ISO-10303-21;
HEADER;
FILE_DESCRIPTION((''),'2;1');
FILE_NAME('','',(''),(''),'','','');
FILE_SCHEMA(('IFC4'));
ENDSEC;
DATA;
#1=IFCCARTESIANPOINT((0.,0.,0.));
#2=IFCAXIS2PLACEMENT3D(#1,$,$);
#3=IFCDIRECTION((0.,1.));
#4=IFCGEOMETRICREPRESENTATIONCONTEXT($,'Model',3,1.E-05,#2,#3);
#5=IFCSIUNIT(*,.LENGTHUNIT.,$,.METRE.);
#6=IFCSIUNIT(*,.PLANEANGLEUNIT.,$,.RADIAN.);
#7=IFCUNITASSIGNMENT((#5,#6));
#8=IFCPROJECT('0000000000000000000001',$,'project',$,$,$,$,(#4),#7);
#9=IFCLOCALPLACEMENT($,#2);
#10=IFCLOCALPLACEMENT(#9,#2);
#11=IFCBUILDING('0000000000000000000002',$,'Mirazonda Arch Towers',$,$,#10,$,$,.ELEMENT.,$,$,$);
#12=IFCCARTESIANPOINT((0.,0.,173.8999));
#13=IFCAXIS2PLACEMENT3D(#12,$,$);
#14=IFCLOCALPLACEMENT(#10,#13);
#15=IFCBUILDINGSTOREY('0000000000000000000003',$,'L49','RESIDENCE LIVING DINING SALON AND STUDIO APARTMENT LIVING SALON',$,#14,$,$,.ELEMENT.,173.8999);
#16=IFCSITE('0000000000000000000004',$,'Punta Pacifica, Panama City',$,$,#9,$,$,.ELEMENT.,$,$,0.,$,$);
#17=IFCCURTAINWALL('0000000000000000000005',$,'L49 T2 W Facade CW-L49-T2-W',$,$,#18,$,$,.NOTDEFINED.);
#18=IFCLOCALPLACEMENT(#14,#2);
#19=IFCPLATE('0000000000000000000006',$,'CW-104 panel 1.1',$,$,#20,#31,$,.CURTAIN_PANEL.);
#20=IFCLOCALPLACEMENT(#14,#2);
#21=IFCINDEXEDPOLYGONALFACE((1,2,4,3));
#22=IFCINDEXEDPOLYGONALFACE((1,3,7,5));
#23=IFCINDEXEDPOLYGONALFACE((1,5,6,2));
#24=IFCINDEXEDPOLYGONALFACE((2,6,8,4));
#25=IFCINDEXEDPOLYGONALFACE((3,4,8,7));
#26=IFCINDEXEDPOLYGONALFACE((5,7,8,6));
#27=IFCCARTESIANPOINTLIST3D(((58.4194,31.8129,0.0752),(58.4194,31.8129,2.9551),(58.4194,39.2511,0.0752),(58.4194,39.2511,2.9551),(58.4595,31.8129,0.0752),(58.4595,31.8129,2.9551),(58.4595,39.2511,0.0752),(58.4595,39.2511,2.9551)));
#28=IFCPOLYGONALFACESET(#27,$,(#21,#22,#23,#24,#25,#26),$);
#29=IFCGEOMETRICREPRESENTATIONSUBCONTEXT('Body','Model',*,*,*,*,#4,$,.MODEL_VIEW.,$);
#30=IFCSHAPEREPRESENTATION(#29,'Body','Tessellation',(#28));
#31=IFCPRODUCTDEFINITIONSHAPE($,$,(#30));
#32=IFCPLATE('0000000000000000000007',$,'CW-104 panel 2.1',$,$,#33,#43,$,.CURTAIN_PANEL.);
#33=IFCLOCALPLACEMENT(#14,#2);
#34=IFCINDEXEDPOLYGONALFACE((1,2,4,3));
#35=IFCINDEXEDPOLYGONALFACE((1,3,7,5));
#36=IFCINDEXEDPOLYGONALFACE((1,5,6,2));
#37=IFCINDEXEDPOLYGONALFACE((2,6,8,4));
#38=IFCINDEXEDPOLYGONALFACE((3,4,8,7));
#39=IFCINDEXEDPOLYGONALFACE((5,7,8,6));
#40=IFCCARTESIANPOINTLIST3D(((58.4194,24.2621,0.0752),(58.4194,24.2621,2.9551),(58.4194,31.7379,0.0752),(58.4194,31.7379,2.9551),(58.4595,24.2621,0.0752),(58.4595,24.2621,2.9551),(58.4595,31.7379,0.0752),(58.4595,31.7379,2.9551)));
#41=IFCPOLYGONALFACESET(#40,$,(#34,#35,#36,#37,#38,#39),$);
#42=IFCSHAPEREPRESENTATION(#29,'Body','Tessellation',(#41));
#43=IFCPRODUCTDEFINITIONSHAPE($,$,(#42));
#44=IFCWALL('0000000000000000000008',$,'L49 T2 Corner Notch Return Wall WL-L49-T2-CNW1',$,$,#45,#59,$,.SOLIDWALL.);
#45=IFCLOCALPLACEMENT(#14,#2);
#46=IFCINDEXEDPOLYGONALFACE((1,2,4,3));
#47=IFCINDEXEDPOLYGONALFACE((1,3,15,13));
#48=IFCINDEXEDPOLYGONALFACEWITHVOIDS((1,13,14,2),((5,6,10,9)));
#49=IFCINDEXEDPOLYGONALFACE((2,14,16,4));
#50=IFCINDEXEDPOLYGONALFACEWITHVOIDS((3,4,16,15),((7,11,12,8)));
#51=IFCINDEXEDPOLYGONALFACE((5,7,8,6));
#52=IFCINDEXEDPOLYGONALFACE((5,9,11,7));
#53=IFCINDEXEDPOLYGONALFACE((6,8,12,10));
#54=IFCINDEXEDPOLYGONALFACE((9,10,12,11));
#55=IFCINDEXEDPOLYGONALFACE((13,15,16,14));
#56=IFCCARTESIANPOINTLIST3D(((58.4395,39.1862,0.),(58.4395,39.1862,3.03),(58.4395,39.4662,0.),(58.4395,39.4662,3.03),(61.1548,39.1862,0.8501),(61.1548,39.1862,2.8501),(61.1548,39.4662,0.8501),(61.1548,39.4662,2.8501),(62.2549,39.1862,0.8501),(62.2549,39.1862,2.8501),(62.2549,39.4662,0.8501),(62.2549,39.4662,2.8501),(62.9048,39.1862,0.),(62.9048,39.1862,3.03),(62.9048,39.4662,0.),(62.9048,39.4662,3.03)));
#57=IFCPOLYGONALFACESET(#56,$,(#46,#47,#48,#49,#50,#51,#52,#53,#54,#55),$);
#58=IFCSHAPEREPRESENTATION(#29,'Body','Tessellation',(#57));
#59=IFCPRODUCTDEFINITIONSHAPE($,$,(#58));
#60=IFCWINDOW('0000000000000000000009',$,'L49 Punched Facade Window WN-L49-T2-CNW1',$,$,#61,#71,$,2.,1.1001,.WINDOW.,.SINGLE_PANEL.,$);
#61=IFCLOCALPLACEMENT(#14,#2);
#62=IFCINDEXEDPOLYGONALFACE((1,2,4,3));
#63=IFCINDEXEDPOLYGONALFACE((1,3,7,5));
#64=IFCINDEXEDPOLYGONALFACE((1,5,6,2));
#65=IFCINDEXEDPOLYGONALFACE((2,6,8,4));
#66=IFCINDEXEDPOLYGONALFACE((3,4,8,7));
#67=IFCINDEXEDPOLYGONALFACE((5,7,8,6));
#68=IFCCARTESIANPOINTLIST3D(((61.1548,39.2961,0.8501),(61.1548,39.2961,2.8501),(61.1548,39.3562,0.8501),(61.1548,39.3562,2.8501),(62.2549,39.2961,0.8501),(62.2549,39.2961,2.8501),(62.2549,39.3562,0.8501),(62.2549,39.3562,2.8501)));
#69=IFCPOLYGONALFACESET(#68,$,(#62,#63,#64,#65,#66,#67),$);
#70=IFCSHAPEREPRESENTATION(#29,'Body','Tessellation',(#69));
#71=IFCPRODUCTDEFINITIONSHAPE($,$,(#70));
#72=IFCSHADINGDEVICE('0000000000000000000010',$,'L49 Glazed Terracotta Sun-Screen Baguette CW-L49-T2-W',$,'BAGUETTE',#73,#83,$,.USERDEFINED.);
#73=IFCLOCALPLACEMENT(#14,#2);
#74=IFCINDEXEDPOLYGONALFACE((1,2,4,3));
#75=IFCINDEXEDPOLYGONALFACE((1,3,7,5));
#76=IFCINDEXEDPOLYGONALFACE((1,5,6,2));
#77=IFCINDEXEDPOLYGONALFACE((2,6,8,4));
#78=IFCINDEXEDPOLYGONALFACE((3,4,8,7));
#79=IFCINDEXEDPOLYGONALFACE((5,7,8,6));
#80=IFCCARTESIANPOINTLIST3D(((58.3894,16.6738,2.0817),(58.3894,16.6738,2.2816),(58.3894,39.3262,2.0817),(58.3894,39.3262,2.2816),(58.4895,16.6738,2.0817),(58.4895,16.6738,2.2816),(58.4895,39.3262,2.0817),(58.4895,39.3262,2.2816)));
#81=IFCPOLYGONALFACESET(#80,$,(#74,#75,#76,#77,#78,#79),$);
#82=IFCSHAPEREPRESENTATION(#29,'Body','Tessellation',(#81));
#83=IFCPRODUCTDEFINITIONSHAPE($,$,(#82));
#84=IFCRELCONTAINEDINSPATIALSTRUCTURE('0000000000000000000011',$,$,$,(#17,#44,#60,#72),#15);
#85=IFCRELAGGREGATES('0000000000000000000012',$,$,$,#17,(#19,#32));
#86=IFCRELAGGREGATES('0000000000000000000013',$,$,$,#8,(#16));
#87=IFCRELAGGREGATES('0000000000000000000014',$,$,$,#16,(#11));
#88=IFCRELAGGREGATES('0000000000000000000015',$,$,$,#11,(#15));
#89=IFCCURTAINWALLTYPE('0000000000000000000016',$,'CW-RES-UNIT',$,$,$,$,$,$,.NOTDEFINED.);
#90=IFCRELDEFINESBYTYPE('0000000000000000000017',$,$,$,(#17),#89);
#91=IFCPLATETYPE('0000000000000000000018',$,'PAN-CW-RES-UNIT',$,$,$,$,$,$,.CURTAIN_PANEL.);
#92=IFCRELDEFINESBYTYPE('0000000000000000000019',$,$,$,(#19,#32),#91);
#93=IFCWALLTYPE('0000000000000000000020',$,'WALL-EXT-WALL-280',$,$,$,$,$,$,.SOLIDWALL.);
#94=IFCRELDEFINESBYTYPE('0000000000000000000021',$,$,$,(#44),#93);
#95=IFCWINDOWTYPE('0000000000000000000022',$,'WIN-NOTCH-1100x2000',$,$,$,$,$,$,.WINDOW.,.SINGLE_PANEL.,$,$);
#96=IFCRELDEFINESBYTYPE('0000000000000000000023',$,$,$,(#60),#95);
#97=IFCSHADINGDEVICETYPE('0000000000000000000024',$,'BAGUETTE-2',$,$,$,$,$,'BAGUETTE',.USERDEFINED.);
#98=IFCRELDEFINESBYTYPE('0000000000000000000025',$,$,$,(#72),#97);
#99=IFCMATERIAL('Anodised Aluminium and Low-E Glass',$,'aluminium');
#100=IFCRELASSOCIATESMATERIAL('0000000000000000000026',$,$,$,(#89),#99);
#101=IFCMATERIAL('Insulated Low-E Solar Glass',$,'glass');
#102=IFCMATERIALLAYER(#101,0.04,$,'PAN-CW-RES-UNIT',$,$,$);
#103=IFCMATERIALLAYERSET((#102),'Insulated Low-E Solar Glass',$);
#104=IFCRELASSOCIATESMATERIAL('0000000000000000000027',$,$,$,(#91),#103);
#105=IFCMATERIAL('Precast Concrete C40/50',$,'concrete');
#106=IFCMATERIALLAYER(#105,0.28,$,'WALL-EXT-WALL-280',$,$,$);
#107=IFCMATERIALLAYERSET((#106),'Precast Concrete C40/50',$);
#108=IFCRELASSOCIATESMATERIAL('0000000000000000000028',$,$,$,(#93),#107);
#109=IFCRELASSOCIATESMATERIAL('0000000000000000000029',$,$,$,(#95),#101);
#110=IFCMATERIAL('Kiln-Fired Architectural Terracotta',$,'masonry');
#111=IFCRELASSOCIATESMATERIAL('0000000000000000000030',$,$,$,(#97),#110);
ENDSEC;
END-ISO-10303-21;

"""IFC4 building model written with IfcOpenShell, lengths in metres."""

from ifc_helpers import new_model, si_unit, direction, frame, frame_2d, origin, origin_2d, place, context, subcontext, project, spatial, rectangle, extrude, material, layer, layer_set, material_profile, profile_set, type_object, element, fill, aggregate, save


model = new_model("IFC4")

# Units and contexts
model_context = context("Model", 3, precision=1e-05, world=origin(), true_north=direction((0.0, 1.0)))
body_context = subcontext(model_context, "Body", "Model", "MODEL_VIEW")
ifc_project = project(units=[si_unit("LENGTHUNIT", "METRE"), si_unit("PLANEANGLEUNIT", "RADIAN")], contexts=[model_context])

# Site, building, storey
site_placement = place(None, origin())
site = spatial("IfcSite", under=ifc_project, at=site_placement, Name="Punta Pacifica, Panama City", CompositionType="ELEMENT", RefElevation=0.0)
building_placement = place(site_placement, origin())
building = spatial("IfcBuilding", under=site, at=building_placement, Name="Mirazonda Arch Towers", CompositionType="ELEMENT")
storey_placement = place(building_placement, frame((0.0, 0.0, 173.8999)))
storey = spatial("IfcBuildingStorey", under=building, at=storey_placement, Name="L49", Description="RESIDENCE LIVING DINING SALON AND STUDIO APARTMENT LIVING SALON", CompositionType="ELEMENT", Elevation=173.8999)

# Curtain wall, plates
ifc_material_1 = material(Name="Anodised Aluminium and Low-E Glass", Category="aluminium")
curtain_wall_type = type_object("IfcCurtainWallType", Name="CW-RES-UNIT", PredefinedType="NOTDEFINED", material=ifc_material_1)
curtain_wall_placement = place(storey_placement, origin())
curtain_wall = element("IfcCurtainWall", 1, at=curtain_wall_placement, inside=storey, type_object=curtain_wall_type, Name="L49 T2 W Facade CW-L49-T2-W", PredefinedType="NOTDEFINED")
ifc_material_2 = material(Name="Insulated Low-E Solar Glass", Category="glass")
ifc_layer_1 = layer(ifc_material_2, 0.04, Name="PAN-CW-RES-UNIT")
ifc_layer_set_1 = layer_set([ifc_layer_1], Name="Insulated Low-E Solar Glass")
plate_type = type_object("IfcPlateType", Name="PAN-CW-RES-UNIT", PredefinedType="CURTAIN_PANEL", material=ifc_layer_set_1)
plate_1_placement = place(storey_placement, frame((58.4395, 35.532, 0.0752), z_axis=(0.0, 0.0, 1.0), x_axis=(0.0, -1.0, 0.0)))
plate_1 = element("IfcPlate", 2, at=plate_1_placement, type_object=plate_type, Name="CW-104 panel 1.1", PredefinedType="CURTAIN_PANEL", context=body_context, shape_type="SweptSolid", body=[
    extrude(rectangle(XDim=7.4382, YDim=0.04, at=origin_2d()), origin(), (0.0, 0.0, 1.0), 2.8799),
])
plate_2_placement = place(storey_placement, frame((58.4395, 28.0, 0.0752), z_axis=(0.0, 0.0, 1.0), x_axis=(0.0, -1.0, 0.0)))
plate_2 = element("IfcPlate", 3, at=plate_2_placement, type_object=plate_type, Name="CW-104 panel 2.1", PredefinedType="CURTAIN_PANEL", context=body_context, shape_type="SweptSolid", body=[
    extrude(rectangle(XDim=7.4758, YDim=0.04, at=origin_2d()), origin(), (0.0, 0.0, 1.0), 2.8799),
])
aggregate(curtain_wall, [plate_1, plate_2])

# Wall, opening, window
ifc_material_3 = material(Name="Precast Concrete C40/50", Category="concrete")
ifc_layer_2 = layer(ifc_material_3, 0.28, Name="WALL-EXT-WALL-280")
ifc_layer_set_2 = layer_set([ifc_layer_2], Name="Precast Concrete C40/50")
wall_type = type_object("IfcWallType", Name="WALL-EXT-WALL-280", PredefinedType="SOLIDWALL", material=ifc_layer_set_2)
wall_placement = place(storey_placement, frame((62.9048, 39.3262, 0.0), z_axis=(0.0, 0.0, 1.0), x_axis=(-1.0, 0.0, 0.0)))
wall = element("IfcWall", 4, at=wall_placement, inside=storey, type_object=wall_type, Name="L49 T2 Corner Notch Return Wall WL-L49-T2-CNW1", PredefinedType="SOLIDWALL", context=body_context, shape_type="SweptSolid", body=[
    extrude(rectangle(XDim=4.4653, YDim=0.28, at=frame_2d((2.2327, 0.0))), origin(), (0.0, 0.0, 1.0), 3.03),
])
opening_placement = place(wall_placement, frame((0.6499, 0.0, 0.8501)))
opening = element("IfcOpeningElement", 5, at=opening_placement, cuts=wall, PredefinedType="OPENING", context=body_context, shape_type="SweptSolid", body=[
    extrude(rectangle(XDim=1.1001, YDim=2.0, at=frame_2d((0.55, 1.0))), frame((0.0, 0.1499, 0.0), z_axis=(0.0, -1.0, 0.0), x_axis=(1.0, 0.0, 0.0)), (0.0, 0.0, 1.0), 0.3),
])
window_type = type_object("IfcWindowType", Name="WIN-NOTCH-1100x2000", PartitioningType="SINGLE_PANEL", PredefinedType="WINDOW", material=ifc_material_2)
window_placement = place(opening_placement, origin())
window = element("IfcWindow", 6, at=window_placement, inside=storey, type_object=window_type, Name="L49 Punched Facade Window WN-L49-T2-CNW1", OverallHeight=2.0, OverallWidth=1.1001, PartitioningType="SINGLE_PANEL", PredefinedType="WINDOW", context=body_context, shape_type="SweptSolid", body=[
    extrude(rectangle(XDim=1.1001, YDim=2.0, at=frame_2d((0.55, 1.0))), frame((0.0, 0.03, 0.0), z_axis=(0.0, -1.0, 0.0), x_axis=(1.0, 0.0, 0.0)), (0.0, 0.0, 1.0), 0.0601),
])
fill(opening, window)

# Shading device
ifc_material_4 = material(Name="Kiln-Fired Architectural Terracotta", Category="masonry")
ifc_material_profile_1 = material_profile(ifc_material_4, rectangle(XDim=0.1001, YDim=0.2, at=origin_2d()), Name="TERRA-BAG-100x200")
ifc_profile_set_1 = profile_set([ifc_material_profile_1], Name="Kiln-Fired Architectural Terracotta")
shading_device_type = type_object("IfcShadingDeviceType", Name="BAGUETTE-2", ElementType="BAGUETTE", PredefinedType="USERDEFINED", material=ifc_profile_set_1)
shading_device_placement = place(storey_placement, frame((58.4395, 39.3262, 2.1816), z_axis=(0.0, -1.0, 0.0), x_axis=(1.0, 0.0, 0.0)))
element("IfcShadingDevice", 7, at=shading_device_placement, inside=storey, type_object=shading_device_type, Name="L49 Glazed Terracotta Sun-Screen Baguette CW-L49-T2-W", ObjectType="BAGUETTE", PredefinedType="USERDEFINED", context=body_context, shape_type="SweptSolid", body=[
    extrude(rectangle(XDim=0.1001, YDim=0.2, at=origin_2d()), origin(), (0.0, 0.0, 1.0), 22.6523),
])

save(model, "model.ifc")
